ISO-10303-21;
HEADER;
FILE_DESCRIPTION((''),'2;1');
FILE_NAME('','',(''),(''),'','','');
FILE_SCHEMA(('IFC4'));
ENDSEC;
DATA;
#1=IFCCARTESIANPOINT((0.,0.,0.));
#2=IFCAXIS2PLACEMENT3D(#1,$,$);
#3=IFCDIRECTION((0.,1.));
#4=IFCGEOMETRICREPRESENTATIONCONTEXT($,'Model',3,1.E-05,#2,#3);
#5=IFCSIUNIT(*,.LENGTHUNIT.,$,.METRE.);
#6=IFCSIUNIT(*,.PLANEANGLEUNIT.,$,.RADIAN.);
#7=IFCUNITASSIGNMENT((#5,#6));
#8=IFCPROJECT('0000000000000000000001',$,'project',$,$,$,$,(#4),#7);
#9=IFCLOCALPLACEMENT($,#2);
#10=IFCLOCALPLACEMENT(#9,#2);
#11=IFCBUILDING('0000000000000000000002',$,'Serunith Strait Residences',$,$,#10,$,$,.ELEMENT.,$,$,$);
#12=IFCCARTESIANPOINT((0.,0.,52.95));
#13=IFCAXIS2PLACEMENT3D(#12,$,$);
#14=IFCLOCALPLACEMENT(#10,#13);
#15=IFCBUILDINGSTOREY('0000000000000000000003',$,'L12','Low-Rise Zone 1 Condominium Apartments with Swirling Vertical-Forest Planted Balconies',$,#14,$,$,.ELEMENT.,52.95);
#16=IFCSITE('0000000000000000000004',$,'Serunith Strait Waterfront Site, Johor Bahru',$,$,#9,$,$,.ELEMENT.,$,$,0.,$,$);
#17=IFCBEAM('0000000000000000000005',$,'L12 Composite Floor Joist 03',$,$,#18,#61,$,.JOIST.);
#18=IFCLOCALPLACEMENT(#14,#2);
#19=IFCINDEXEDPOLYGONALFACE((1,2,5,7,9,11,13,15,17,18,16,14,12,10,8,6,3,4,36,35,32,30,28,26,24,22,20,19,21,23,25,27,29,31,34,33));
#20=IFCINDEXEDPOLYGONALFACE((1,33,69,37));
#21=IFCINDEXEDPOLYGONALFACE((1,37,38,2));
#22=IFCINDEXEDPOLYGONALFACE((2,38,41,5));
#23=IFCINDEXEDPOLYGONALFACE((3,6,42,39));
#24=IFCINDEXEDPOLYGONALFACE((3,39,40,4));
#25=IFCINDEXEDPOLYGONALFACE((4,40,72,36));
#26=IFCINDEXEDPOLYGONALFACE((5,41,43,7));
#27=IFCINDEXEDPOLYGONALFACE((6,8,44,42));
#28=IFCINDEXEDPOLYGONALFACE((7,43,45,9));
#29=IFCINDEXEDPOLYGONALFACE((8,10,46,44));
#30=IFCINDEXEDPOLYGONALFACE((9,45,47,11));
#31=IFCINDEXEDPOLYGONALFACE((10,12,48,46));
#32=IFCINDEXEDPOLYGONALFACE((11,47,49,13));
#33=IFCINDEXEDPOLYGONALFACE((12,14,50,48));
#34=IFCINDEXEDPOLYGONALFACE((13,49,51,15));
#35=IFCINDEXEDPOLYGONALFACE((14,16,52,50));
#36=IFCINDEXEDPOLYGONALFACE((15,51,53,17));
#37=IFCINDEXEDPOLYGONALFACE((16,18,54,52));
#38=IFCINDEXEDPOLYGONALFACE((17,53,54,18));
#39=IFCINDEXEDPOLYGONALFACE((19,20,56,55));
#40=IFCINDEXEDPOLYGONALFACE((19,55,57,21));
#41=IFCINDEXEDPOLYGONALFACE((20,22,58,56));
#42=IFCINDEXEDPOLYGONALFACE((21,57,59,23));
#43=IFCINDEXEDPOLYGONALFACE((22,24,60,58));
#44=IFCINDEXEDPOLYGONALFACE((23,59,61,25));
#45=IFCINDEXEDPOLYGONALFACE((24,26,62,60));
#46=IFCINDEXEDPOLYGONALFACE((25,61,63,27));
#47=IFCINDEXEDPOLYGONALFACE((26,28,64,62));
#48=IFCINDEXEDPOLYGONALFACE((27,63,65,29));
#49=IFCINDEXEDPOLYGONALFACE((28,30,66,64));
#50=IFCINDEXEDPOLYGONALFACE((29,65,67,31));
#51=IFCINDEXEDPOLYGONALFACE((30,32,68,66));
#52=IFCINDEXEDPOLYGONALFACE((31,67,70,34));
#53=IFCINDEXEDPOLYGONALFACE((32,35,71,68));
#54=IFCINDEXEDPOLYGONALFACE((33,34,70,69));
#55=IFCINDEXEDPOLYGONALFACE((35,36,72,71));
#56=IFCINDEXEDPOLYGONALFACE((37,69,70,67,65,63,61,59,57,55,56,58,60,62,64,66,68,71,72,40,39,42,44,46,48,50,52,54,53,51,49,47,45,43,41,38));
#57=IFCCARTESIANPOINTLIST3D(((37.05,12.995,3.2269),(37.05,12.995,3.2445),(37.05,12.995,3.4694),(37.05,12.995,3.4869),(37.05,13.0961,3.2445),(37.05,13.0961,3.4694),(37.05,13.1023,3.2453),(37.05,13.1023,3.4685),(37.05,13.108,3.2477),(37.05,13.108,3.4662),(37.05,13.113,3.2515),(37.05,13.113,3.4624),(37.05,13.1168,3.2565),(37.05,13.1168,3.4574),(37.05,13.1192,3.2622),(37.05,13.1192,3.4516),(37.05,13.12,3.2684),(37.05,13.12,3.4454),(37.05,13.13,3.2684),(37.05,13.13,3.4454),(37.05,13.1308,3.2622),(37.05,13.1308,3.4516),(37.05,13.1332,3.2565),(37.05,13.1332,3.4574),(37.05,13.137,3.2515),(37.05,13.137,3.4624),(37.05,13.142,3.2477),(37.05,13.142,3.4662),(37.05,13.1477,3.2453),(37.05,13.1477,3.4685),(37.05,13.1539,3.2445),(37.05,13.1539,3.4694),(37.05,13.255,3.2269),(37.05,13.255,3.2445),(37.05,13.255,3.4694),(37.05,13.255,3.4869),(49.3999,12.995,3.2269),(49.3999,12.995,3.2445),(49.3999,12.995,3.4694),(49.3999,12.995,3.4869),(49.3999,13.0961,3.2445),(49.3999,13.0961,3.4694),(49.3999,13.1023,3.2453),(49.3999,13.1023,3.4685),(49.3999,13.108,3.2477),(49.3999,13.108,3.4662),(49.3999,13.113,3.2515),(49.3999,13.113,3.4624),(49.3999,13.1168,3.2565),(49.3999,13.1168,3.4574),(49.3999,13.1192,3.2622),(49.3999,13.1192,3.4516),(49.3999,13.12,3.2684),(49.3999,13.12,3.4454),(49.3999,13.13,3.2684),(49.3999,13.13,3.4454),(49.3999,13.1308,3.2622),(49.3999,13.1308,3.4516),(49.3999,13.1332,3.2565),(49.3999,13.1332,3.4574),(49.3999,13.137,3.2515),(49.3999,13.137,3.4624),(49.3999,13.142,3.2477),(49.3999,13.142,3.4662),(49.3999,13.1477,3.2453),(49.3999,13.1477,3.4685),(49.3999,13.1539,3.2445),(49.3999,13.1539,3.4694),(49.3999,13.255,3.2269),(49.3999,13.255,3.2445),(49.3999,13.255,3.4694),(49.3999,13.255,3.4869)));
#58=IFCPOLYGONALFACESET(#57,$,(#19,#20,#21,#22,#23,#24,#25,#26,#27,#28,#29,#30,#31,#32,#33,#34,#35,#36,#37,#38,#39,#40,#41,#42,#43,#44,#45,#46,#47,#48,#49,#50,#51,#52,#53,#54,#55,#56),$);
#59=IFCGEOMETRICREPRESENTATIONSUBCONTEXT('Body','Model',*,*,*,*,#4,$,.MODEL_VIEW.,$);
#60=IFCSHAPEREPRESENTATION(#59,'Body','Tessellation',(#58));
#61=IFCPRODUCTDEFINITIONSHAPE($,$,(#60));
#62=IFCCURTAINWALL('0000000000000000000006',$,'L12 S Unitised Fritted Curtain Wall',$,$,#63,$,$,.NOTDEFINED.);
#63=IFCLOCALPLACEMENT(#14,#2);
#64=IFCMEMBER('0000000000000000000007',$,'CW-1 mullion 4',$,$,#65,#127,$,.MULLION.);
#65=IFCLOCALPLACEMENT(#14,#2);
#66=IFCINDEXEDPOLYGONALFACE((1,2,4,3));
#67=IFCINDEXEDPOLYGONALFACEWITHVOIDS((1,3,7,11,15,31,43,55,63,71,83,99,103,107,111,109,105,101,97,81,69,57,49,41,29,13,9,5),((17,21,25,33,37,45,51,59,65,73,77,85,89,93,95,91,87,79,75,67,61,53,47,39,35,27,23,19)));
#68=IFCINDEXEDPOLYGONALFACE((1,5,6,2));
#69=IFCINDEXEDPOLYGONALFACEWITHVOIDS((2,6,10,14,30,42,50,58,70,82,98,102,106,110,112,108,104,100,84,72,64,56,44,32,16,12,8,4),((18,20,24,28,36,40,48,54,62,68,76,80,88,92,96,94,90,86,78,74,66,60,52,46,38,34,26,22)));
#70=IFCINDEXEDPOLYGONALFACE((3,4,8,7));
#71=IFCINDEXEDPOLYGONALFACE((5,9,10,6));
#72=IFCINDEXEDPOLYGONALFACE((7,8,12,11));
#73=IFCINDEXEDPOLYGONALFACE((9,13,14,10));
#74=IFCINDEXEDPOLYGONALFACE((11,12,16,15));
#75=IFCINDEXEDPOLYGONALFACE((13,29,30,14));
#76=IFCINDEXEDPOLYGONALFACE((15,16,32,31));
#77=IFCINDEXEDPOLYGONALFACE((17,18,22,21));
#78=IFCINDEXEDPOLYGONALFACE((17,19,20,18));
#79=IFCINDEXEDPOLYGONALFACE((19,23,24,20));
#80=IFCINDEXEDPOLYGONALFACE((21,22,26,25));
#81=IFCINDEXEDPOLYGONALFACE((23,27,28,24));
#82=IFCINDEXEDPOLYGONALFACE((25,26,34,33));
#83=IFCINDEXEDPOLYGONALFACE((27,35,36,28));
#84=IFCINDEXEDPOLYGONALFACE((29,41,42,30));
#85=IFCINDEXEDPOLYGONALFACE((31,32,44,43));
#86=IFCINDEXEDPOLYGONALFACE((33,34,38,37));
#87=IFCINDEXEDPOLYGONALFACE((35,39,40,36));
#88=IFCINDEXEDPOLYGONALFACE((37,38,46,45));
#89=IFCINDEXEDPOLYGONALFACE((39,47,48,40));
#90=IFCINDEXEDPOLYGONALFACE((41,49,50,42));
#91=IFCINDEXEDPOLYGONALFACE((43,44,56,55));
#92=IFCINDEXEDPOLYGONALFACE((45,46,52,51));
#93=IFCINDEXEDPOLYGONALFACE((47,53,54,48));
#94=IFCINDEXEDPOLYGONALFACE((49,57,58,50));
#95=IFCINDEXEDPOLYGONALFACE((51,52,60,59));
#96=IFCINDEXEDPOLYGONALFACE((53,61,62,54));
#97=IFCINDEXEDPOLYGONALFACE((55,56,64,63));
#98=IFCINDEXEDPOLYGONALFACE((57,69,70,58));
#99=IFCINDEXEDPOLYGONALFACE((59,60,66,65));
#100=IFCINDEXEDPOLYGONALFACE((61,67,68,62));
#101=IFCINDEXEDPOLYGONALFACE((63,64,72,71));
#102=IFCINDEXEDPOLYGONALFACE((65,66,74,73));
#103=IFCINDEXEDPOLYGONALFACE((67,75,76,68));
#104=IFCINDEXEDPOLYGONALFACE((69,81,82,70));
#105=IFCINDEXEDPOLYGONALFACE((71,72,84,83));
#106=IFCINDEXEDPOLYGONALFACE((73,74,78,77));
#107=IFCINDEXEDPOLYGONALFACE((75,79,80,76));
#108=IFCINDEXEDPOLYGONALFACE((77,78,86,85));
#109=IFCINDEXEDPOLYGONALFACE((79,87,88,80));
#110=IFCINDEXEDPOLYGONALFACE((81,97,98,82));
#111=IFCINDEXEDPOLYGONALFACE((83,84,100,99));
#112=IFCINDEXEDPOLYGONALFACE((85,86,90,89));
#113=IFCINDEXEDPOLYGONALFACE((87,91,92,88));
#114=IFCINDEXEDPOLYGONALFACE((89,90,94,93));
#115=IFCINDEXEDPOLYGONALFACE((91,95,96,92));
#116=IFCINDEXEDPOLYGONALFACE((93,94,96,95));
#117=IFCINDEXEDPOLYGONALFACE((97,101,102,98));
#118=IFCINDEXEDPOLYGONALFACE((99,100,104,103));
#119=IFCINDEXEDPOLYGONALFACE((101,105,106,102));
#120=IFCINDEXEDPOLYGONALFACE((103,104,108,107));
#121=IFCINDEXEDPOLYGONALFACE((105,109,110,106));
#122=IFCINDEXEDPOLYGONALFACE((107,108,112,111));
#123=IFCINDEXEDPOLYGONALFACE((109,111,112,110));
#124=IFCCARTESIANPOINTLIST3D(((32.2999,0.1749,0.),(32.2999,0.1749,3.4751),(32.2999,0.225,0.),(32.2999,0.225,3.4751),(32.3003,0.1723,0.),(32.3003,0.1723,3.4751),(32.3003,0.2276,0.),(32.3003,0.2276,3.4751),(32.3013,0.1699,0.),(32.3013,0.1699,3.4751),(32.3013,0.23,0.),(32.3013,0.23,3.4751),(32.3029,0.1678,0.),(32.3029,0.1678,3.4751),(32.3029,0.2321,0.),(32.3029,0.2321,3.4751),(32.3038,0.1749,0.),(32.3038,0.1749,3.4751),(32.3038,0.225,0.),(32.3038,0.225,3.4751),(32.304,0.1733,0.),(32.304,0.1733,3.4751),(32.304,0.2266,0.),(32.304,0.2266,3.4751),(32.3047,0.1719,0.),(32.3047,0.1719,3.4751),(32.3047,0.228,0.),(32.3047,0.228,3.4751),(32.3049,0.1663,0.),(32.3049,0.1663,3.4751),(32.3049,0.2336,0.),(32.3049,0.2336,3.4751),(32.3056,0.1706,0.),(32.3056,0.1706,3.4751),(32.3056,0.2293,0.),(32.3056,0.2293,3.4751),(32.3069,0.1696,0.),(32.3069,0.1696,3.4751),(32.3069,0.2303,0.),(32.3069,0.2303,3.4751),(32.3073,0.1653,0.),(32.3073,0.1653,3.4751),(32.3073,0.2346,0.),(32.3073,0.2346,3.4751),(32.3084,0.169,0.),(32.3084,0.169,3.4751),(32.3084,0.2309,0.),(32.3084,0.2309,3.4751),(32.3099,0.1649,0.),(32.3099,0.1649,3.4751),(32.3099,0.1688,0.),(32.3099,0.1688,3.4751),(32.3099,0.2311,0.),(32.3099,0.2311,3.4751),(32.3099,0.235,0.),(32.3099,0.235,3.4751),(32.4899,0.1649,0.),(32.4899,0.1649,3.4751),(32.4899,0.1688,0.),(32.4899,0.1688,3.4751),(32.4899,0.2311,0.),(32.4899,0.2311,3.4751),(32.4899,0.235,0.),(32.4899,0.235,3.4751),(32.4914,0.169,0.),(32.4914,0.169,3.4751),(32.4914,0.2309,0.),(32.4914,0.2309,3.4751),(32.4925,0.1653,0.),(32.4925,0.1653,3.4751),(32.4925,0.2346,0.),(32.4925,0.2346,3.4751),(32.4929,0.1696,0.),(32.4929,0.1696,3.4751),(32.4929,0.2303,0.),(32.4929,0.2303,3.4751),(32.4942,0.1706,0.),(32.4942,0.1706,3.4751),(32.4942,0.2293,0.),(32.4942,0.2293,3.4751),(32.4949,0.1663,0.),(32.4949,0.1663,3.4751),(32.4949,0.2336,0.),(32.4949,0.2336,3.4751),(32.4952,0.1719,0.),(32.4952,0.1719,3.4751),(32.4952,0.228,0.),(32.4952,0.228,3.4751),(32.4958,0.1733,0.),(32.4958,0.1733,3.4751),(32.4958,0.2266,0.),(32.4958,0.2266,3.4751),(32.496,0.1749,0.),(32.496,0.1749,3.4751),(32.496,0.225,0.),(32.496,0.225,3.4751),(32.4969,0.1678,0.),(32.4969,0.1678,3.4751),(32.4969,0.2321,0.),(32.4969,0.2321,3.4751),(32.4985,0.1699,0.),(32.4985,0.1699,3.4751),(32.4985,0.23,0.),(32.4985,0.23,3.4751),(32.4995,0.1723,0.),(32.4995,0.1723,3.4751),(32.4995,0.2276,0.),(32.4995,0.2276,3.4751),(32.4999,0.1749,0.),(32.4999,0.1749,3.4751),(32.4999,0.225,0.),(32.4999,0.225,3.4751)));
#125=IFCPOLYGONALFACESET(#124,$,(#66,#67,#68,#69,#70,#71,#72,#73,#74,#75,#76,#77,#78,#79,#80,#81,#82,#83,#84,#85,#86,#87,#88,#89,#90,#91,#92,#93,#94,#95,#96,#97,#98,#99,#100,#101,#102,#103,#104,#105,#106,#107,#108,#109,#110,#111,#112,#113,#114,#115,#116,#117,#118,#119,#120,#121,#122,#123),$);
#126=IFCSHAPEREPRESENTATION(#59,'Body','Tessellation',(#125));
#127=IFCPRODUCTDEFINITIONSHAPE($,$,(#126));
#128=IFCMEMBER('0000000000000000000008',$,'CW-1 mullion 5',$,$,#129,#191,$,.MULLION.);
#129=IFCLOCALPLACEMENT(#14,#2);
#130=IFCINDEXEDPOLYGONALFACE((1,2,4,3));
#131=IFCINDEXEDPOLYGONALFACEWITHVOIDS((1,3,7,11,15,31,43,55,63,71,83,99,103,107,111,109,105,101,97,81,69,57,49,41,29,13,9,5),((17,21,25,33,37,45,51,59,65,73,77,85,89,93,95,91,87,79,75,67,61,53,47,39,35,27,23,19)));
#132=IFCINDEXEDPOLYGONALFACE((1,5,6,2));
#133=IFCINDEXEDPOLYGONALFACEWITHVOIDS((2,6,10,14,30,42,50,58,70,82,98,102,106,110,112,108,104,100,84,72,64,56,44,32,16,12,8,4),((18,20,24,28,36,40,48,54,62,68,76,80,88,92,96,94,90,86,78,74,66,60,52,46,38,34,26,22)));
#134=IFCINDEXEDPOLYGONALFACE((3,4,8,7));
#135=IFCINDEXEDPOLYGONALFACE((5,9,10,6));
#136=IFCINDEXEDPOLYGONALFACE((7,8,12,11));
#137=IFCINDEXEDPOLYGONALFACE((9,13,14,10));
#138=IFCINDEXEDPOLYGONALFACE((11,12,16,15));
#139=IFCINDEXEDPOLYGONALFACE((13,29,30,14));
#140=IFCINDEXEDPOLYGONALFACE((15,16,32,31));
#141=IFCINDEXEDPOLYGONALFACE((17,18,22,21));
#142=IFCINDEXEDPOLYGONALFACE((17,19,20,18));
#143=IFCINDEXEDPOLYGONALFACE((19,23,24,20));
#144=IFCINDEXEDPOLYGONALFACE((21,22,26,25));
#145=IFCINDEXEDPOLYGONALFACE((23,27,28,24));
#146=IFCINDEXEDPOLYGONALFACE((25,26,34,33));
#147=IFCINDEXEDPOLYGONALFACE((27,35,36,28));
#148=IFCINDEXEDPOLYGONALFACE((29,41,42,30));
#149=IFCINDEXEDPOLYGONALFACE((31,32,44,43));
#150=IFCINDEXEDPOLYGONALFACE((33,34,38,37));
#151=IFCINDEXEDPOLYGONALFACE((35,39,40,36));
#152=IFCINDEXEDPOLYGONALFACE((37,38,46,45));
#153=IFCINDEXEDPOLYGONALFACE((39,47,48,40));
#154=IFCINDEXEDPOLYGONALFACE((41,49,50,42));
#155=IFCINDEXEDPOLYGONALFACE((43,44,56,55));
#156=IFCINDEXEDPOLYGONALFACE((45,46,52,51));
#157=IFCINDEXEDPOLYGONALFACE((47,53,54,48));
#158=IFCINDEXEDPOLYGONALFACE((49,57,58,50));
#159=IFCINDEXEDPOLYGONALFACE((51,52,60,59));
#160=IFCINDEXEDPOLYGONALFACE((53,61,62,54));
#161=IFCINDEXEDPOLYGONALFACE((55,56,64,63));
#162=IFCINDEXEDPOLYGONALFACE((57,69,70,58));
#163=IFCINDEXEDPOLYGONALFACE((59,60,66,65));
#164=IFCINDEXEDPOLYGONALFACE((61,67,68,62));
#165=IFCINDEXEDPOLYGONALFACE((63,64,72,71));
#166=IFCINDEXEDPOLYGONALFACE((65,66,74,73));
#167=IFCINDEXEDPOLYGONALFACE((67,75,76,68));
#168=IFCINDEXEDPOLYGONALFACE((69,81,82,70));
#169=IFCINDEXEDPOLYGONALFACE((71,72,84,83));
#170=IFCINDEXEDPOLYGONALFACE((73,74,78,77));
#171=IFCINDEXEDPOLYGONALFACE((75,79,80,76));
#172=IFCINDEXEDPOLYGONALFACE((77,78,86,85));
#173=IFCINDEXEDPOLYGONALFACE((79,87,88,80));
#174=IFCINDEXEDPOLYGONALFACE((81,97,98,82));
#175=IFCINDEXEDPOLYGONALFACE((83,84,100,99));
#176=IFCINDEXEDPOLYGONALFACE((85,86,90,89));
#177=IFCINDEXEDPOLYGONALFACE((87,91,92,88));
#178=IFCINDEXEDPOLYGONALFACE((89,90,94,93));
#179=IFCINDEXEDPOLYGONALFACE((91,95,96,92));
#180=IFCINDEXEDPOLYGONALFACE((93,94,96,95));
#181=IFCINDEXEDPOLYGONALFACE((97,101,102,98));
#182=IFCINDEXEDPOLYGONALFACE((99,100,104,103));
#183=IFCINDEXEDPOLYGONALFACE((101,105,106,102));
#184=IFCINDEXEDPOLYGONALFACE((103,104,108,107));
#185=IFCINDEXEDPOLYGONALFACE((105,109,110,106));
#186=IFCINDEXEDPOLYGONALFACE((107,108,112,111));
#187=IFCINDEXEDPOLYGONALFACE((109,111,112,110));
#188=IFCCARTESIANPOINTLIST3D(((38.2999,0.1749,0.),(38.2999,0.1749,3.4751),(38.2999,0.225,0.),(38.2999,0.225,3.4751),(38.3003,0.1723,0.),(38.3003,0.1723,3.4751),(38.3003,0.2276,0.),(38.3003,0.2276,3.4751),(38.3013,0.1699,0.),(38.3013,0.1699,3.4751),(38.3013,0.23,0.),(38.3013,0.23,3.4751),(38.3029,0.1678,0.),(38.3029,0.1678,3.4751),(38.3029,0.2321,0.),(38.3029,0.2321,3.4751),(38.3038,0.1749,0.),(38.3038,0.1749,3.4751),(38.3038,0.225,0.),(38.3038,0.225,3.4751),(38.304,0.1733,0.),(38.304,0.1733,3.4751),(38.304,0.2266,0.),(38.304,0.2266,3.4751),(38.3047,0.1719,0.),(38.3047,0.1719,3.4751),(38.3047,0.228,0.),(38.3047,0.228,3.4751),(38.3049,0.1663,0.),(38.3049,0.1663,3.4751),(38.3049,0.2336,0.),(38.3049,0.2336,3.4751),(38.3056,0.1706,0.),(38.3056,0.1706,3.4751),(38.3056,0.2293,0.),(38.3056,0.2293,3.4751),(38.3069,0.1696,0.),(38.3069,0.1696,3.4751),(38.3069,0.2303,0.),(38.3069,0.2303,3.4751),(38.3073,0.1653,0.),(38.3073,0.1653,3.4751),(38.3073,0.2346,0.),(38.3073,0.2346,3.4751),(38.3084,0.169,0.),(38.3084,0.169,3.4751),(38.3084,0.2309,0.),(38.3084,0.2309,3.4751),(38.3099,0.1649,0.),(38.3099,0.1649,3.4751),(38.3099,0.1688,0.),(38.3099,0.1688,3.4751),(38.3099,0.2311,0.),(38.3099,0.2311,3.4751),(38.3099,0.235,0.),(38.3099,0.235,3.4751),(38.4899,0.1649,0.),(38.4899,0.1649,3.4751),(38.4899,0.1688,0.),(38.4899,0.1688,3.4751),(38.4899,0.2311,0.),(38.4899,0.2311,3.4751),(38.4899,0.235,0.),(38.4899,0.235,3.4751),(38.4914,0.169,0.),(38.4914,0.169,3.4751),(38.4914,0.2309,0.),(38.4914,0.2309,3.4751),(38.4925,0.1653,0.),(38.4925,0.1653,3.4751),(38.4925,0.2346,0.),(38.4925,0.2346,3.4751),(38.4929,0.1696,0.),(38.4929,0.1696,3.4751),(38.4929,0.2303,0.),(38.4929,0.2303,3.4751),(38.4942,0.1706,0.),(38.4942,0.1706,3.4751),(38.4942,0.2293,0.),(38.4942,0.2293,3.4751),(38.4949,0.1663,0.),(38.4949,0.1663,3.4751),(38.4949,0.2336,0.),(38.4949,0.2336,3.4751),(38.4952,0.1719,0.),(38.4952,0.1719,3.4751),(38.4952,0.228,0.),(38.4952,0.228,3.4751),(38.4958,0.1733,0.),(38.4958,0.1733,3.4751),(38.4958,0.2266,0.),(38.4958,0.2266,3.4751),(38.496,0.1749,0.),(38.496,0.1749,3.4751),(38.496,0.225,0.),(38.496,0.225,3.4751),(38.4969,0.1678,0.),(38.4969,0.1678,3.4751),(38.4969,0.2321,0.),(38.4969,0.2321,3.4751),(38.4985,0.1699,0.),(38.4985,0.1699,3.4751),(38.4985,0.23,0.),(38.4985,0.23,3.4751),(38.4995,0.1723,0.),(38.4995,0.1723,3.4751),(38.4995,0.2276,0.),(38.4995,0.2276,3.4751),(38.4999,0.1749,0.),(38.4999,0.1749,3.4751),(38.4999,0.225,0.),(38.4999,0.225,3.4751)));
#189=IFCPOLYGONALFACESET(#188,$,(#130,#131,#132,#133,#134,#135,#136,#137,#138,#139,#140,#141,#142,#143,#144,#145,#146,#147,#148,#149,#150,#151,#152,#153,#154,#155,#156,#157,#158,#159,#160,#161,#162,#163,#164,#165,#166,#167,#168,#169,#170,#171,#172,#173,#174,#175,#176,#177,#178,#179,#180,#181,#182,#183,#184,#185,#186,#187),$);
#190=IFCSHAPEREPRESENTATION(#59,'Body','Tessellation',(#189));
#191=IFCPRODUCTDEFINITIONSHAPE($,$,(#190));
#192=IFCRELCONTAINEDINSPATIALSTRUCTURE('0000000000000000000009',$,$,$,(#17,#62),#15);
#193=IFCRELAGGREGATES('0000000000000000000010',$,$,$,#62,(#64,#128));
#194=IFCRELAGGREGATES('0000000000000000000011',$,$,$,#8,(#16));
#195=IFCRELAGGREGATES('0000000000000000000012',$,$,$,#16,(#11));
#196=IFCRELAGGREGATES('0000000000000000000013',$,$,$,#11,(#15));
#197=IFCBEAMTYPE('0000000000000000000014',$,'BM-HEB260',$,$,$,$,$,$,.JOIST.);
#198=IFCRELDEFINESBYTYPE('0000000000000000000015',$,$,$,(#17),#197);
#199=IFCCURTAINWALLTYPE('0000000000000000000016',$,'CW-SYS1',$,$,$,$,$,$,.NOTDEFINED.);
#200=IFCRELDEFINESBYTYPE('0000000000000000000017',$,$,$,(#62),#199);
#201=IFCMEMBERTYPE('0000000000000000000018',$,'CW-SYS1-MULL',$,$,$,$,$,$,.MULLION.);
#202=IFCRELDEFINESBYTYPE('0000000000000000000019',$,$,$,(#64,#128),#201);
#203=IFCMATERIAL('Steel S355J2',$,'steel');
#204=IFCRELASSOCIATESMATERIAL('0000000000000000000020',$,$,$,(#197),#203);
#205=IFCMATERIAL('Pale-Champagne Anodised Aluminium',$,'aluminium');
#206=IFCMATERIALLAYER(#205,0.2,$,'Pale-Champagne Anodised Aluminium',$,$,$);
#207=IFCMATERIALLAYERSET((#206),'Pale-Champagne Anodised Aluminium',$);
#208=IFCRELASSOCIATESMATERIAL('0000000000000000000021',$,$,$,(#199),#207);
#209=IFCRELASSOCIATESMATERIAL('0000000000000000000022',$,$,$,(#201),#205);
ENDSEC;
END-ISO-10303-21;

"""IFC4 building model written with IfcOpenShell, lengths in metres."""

from ifc_helpers import new_model, si_unit, direction, frame, origin, origin_2d, place, context, subcontext, project, spatial, hollow_rectangle, i_section, extrude, source, transform, mapped, material, layer, layer_set, material_profile, profile_set, type_object, element, aggregate, save


model = new_model("IFC4")

# Units and contexts
model_context = context("Model", 3, precision=1e-05, world=origin(), true_north=direction((0.0, 1.0)))
body_context = subcontext(model_context, "Body", "Model", "MODEL_VIEW")
ifc_project = project(units=[si_unit("LENGTHUNIT", "METRE"), si_unit("PLANEANGLEUNIT", "RADIAN")], contexts=[model_context])

# Site, building, storey
site_placement = place(None, origin())
site = spatial("IfcSite", under=ifc_project, at=site_placement, Name="Serunith Strait Waterfront Site, Johor Bahru", CompositionType="ELEMENT", RefElevation=0.0)
building_placement = place(site_placement, origin())
building = spatial("IfcBuilding", under=site, at=building_placement, Name="Serunith Strait Residences", CompositionType="ELEMENT")
storey_placement = place(building_placement, frame((0.0, 0.0, 52.95)))
storey = spatial("IfcBuildingStorey", under=building, at=storey_placement, Name="L12", Description="Low-Rise Zone 1 Condominium Apartments with Swirling Vertical-Forest Planted Balconies", CompositionType="ELEMENT", Elevation=52.95)

# Beam
ifc_material_1 = material(Name="Steel S355J2", Category="steel")
ifc_material_profile_1 = material_profile(ifc_material_1, i_section(OverallWidth=0.26, OverallDepth=0.26, WebThickness=0.01, FlangeThickness=0.0176, FilletRadius=0.0239, at=origin_2d()), Name="HEB 260")
ifc_profile_set_1 = profile_set([ifc_material_profile_1], Name="Steel S355J2")
beam_type_1 = type_object("IfcBeamType", Name="BM-HEB260", PredefinedType="JOIST", material=ifc_profile_set_1)
shared_shape_1 = source(origin(), body_context, "Body", "SweptSolid", [
    extrude(i_section(OverallWidth=0.26, OverallDepth=0.26, WebThickness=0.01, FlangeThickness=0.0176, FilletRadius=0.0239, at=origin_2d()), origin(), (0.0, 0.0, 1.0), 12.3499),
])
beam_1_placement = place(storey_placement, frame((37.05, 13.125, 3.3569), z_axis=(1.0, 0.0, 0.0), x_axis=(0.0, 1.0, 0.0)))
element("IfcBeam", 1, at=beam_1_placement, inside=storey, type_object=beam_type_1, Name="L12 Composite Floor Joist 03", PredefinedType="JOIST", context=body_context, shape_type="MappedRepresentation", body=[
    mapped(shared_shape_1, transform((0.0, 0.0, 0.0), scale=1.0)),
])

# Curtain wall, members
ifc_material_2 = material(Name="Pale-Champagne Anodised Aluminium", Category="aluminium")
ifc_layer_1 = layer(ifc_material_2, 0.2, Name="Pale-Champagne Anodised Aluminium")
ifc_layer_set_1 = layer_set([ifc_layer_1], Name="Pale-Champagne Anodised Aluminium")
curtain_wall_type = type_object("IfcCurtainWallType", Name="CW-SYS1", PredefinedType="NOTDEFINED", material=ifc_layer_set_1)
curtain_wall_placement = place(storey_placement, origin())
curtain_wall = element("IfcCurtainWall", 2, at=curtain_wall_placement, inside=storey, type_object=curtain_wall_type, Name="L12 S Unitised Fritted Curtain Wall", PredefinedType="NOTDEFINED")
ifc_material_profile_2 = material_profile(ifc_material_2, hollow_rectangle(XDim=0.0701, YDim=0.2, WallThickness=0.0039, InnerFilletRadius=0.0061, OuterFilletRadius=0.01, at=origin_2d()), Name="ALU 200x70x4")
ifc_profile_set_2 = profile_set([ifc_material_profile_2], Name="Pale-Champagne Anodised Aluminium")
member_type_1 = type_object("IfcMemberType", Name="CW-SYS1-MULL", PredefinedType="MULLION", material=ifc_profile_set_2)
shared_shape_2 = source(origin(), body_context, "Body", "SweptSolid", [
    extrude(hollow_rectangle(XDim=0.0701, YDim=0.2, WallThickness=0.0039, InnerFilletRadius=0.0061, OuterFilletRadius=0.01, at=origin_2d()), origin(), (0.0, 0.0, 1.0), 3.4751),
])
member_1_placement = place(storey_placement, frame((32.3999, 0.2, 0.0), z_axis=(0.0, 0.0, 1.0), x_axis=(0.0, 1.0, 0.0)))
member_1 = element("IfcMember", 3, at=member_1_placement, type_object=member_type_1, Name="CW-1 mullion 4", PredefinedType="MULLION", context=body_context, shape_type="MappedRepresentation", body=[
    mapped(shared_shape_2, transform((0.0, 0.0, 0.0), scale=1.0)),
])
member_2_placement = place(storey_placement, frame((38.3999, 0.2, 0.0), z_axis=(0.0, 0.0, 1.0), x_axis=(0.0, 1.0, 0.0)))
member_2 = element("IfcMember", 4, at=member_2_placement, type_object=member_type_1, Name="CW-1 mullion 5", PredefinedType="MULLION", context=body_context, shape_type="MappedRepresentation", body=[
    mapped(shared_shape_2, transform((0.0, 0.0, 0.0), scale=1.0)),
])
aggregate(curtain_wall, [member_1, member_2])

save(model, "model.ifc")
